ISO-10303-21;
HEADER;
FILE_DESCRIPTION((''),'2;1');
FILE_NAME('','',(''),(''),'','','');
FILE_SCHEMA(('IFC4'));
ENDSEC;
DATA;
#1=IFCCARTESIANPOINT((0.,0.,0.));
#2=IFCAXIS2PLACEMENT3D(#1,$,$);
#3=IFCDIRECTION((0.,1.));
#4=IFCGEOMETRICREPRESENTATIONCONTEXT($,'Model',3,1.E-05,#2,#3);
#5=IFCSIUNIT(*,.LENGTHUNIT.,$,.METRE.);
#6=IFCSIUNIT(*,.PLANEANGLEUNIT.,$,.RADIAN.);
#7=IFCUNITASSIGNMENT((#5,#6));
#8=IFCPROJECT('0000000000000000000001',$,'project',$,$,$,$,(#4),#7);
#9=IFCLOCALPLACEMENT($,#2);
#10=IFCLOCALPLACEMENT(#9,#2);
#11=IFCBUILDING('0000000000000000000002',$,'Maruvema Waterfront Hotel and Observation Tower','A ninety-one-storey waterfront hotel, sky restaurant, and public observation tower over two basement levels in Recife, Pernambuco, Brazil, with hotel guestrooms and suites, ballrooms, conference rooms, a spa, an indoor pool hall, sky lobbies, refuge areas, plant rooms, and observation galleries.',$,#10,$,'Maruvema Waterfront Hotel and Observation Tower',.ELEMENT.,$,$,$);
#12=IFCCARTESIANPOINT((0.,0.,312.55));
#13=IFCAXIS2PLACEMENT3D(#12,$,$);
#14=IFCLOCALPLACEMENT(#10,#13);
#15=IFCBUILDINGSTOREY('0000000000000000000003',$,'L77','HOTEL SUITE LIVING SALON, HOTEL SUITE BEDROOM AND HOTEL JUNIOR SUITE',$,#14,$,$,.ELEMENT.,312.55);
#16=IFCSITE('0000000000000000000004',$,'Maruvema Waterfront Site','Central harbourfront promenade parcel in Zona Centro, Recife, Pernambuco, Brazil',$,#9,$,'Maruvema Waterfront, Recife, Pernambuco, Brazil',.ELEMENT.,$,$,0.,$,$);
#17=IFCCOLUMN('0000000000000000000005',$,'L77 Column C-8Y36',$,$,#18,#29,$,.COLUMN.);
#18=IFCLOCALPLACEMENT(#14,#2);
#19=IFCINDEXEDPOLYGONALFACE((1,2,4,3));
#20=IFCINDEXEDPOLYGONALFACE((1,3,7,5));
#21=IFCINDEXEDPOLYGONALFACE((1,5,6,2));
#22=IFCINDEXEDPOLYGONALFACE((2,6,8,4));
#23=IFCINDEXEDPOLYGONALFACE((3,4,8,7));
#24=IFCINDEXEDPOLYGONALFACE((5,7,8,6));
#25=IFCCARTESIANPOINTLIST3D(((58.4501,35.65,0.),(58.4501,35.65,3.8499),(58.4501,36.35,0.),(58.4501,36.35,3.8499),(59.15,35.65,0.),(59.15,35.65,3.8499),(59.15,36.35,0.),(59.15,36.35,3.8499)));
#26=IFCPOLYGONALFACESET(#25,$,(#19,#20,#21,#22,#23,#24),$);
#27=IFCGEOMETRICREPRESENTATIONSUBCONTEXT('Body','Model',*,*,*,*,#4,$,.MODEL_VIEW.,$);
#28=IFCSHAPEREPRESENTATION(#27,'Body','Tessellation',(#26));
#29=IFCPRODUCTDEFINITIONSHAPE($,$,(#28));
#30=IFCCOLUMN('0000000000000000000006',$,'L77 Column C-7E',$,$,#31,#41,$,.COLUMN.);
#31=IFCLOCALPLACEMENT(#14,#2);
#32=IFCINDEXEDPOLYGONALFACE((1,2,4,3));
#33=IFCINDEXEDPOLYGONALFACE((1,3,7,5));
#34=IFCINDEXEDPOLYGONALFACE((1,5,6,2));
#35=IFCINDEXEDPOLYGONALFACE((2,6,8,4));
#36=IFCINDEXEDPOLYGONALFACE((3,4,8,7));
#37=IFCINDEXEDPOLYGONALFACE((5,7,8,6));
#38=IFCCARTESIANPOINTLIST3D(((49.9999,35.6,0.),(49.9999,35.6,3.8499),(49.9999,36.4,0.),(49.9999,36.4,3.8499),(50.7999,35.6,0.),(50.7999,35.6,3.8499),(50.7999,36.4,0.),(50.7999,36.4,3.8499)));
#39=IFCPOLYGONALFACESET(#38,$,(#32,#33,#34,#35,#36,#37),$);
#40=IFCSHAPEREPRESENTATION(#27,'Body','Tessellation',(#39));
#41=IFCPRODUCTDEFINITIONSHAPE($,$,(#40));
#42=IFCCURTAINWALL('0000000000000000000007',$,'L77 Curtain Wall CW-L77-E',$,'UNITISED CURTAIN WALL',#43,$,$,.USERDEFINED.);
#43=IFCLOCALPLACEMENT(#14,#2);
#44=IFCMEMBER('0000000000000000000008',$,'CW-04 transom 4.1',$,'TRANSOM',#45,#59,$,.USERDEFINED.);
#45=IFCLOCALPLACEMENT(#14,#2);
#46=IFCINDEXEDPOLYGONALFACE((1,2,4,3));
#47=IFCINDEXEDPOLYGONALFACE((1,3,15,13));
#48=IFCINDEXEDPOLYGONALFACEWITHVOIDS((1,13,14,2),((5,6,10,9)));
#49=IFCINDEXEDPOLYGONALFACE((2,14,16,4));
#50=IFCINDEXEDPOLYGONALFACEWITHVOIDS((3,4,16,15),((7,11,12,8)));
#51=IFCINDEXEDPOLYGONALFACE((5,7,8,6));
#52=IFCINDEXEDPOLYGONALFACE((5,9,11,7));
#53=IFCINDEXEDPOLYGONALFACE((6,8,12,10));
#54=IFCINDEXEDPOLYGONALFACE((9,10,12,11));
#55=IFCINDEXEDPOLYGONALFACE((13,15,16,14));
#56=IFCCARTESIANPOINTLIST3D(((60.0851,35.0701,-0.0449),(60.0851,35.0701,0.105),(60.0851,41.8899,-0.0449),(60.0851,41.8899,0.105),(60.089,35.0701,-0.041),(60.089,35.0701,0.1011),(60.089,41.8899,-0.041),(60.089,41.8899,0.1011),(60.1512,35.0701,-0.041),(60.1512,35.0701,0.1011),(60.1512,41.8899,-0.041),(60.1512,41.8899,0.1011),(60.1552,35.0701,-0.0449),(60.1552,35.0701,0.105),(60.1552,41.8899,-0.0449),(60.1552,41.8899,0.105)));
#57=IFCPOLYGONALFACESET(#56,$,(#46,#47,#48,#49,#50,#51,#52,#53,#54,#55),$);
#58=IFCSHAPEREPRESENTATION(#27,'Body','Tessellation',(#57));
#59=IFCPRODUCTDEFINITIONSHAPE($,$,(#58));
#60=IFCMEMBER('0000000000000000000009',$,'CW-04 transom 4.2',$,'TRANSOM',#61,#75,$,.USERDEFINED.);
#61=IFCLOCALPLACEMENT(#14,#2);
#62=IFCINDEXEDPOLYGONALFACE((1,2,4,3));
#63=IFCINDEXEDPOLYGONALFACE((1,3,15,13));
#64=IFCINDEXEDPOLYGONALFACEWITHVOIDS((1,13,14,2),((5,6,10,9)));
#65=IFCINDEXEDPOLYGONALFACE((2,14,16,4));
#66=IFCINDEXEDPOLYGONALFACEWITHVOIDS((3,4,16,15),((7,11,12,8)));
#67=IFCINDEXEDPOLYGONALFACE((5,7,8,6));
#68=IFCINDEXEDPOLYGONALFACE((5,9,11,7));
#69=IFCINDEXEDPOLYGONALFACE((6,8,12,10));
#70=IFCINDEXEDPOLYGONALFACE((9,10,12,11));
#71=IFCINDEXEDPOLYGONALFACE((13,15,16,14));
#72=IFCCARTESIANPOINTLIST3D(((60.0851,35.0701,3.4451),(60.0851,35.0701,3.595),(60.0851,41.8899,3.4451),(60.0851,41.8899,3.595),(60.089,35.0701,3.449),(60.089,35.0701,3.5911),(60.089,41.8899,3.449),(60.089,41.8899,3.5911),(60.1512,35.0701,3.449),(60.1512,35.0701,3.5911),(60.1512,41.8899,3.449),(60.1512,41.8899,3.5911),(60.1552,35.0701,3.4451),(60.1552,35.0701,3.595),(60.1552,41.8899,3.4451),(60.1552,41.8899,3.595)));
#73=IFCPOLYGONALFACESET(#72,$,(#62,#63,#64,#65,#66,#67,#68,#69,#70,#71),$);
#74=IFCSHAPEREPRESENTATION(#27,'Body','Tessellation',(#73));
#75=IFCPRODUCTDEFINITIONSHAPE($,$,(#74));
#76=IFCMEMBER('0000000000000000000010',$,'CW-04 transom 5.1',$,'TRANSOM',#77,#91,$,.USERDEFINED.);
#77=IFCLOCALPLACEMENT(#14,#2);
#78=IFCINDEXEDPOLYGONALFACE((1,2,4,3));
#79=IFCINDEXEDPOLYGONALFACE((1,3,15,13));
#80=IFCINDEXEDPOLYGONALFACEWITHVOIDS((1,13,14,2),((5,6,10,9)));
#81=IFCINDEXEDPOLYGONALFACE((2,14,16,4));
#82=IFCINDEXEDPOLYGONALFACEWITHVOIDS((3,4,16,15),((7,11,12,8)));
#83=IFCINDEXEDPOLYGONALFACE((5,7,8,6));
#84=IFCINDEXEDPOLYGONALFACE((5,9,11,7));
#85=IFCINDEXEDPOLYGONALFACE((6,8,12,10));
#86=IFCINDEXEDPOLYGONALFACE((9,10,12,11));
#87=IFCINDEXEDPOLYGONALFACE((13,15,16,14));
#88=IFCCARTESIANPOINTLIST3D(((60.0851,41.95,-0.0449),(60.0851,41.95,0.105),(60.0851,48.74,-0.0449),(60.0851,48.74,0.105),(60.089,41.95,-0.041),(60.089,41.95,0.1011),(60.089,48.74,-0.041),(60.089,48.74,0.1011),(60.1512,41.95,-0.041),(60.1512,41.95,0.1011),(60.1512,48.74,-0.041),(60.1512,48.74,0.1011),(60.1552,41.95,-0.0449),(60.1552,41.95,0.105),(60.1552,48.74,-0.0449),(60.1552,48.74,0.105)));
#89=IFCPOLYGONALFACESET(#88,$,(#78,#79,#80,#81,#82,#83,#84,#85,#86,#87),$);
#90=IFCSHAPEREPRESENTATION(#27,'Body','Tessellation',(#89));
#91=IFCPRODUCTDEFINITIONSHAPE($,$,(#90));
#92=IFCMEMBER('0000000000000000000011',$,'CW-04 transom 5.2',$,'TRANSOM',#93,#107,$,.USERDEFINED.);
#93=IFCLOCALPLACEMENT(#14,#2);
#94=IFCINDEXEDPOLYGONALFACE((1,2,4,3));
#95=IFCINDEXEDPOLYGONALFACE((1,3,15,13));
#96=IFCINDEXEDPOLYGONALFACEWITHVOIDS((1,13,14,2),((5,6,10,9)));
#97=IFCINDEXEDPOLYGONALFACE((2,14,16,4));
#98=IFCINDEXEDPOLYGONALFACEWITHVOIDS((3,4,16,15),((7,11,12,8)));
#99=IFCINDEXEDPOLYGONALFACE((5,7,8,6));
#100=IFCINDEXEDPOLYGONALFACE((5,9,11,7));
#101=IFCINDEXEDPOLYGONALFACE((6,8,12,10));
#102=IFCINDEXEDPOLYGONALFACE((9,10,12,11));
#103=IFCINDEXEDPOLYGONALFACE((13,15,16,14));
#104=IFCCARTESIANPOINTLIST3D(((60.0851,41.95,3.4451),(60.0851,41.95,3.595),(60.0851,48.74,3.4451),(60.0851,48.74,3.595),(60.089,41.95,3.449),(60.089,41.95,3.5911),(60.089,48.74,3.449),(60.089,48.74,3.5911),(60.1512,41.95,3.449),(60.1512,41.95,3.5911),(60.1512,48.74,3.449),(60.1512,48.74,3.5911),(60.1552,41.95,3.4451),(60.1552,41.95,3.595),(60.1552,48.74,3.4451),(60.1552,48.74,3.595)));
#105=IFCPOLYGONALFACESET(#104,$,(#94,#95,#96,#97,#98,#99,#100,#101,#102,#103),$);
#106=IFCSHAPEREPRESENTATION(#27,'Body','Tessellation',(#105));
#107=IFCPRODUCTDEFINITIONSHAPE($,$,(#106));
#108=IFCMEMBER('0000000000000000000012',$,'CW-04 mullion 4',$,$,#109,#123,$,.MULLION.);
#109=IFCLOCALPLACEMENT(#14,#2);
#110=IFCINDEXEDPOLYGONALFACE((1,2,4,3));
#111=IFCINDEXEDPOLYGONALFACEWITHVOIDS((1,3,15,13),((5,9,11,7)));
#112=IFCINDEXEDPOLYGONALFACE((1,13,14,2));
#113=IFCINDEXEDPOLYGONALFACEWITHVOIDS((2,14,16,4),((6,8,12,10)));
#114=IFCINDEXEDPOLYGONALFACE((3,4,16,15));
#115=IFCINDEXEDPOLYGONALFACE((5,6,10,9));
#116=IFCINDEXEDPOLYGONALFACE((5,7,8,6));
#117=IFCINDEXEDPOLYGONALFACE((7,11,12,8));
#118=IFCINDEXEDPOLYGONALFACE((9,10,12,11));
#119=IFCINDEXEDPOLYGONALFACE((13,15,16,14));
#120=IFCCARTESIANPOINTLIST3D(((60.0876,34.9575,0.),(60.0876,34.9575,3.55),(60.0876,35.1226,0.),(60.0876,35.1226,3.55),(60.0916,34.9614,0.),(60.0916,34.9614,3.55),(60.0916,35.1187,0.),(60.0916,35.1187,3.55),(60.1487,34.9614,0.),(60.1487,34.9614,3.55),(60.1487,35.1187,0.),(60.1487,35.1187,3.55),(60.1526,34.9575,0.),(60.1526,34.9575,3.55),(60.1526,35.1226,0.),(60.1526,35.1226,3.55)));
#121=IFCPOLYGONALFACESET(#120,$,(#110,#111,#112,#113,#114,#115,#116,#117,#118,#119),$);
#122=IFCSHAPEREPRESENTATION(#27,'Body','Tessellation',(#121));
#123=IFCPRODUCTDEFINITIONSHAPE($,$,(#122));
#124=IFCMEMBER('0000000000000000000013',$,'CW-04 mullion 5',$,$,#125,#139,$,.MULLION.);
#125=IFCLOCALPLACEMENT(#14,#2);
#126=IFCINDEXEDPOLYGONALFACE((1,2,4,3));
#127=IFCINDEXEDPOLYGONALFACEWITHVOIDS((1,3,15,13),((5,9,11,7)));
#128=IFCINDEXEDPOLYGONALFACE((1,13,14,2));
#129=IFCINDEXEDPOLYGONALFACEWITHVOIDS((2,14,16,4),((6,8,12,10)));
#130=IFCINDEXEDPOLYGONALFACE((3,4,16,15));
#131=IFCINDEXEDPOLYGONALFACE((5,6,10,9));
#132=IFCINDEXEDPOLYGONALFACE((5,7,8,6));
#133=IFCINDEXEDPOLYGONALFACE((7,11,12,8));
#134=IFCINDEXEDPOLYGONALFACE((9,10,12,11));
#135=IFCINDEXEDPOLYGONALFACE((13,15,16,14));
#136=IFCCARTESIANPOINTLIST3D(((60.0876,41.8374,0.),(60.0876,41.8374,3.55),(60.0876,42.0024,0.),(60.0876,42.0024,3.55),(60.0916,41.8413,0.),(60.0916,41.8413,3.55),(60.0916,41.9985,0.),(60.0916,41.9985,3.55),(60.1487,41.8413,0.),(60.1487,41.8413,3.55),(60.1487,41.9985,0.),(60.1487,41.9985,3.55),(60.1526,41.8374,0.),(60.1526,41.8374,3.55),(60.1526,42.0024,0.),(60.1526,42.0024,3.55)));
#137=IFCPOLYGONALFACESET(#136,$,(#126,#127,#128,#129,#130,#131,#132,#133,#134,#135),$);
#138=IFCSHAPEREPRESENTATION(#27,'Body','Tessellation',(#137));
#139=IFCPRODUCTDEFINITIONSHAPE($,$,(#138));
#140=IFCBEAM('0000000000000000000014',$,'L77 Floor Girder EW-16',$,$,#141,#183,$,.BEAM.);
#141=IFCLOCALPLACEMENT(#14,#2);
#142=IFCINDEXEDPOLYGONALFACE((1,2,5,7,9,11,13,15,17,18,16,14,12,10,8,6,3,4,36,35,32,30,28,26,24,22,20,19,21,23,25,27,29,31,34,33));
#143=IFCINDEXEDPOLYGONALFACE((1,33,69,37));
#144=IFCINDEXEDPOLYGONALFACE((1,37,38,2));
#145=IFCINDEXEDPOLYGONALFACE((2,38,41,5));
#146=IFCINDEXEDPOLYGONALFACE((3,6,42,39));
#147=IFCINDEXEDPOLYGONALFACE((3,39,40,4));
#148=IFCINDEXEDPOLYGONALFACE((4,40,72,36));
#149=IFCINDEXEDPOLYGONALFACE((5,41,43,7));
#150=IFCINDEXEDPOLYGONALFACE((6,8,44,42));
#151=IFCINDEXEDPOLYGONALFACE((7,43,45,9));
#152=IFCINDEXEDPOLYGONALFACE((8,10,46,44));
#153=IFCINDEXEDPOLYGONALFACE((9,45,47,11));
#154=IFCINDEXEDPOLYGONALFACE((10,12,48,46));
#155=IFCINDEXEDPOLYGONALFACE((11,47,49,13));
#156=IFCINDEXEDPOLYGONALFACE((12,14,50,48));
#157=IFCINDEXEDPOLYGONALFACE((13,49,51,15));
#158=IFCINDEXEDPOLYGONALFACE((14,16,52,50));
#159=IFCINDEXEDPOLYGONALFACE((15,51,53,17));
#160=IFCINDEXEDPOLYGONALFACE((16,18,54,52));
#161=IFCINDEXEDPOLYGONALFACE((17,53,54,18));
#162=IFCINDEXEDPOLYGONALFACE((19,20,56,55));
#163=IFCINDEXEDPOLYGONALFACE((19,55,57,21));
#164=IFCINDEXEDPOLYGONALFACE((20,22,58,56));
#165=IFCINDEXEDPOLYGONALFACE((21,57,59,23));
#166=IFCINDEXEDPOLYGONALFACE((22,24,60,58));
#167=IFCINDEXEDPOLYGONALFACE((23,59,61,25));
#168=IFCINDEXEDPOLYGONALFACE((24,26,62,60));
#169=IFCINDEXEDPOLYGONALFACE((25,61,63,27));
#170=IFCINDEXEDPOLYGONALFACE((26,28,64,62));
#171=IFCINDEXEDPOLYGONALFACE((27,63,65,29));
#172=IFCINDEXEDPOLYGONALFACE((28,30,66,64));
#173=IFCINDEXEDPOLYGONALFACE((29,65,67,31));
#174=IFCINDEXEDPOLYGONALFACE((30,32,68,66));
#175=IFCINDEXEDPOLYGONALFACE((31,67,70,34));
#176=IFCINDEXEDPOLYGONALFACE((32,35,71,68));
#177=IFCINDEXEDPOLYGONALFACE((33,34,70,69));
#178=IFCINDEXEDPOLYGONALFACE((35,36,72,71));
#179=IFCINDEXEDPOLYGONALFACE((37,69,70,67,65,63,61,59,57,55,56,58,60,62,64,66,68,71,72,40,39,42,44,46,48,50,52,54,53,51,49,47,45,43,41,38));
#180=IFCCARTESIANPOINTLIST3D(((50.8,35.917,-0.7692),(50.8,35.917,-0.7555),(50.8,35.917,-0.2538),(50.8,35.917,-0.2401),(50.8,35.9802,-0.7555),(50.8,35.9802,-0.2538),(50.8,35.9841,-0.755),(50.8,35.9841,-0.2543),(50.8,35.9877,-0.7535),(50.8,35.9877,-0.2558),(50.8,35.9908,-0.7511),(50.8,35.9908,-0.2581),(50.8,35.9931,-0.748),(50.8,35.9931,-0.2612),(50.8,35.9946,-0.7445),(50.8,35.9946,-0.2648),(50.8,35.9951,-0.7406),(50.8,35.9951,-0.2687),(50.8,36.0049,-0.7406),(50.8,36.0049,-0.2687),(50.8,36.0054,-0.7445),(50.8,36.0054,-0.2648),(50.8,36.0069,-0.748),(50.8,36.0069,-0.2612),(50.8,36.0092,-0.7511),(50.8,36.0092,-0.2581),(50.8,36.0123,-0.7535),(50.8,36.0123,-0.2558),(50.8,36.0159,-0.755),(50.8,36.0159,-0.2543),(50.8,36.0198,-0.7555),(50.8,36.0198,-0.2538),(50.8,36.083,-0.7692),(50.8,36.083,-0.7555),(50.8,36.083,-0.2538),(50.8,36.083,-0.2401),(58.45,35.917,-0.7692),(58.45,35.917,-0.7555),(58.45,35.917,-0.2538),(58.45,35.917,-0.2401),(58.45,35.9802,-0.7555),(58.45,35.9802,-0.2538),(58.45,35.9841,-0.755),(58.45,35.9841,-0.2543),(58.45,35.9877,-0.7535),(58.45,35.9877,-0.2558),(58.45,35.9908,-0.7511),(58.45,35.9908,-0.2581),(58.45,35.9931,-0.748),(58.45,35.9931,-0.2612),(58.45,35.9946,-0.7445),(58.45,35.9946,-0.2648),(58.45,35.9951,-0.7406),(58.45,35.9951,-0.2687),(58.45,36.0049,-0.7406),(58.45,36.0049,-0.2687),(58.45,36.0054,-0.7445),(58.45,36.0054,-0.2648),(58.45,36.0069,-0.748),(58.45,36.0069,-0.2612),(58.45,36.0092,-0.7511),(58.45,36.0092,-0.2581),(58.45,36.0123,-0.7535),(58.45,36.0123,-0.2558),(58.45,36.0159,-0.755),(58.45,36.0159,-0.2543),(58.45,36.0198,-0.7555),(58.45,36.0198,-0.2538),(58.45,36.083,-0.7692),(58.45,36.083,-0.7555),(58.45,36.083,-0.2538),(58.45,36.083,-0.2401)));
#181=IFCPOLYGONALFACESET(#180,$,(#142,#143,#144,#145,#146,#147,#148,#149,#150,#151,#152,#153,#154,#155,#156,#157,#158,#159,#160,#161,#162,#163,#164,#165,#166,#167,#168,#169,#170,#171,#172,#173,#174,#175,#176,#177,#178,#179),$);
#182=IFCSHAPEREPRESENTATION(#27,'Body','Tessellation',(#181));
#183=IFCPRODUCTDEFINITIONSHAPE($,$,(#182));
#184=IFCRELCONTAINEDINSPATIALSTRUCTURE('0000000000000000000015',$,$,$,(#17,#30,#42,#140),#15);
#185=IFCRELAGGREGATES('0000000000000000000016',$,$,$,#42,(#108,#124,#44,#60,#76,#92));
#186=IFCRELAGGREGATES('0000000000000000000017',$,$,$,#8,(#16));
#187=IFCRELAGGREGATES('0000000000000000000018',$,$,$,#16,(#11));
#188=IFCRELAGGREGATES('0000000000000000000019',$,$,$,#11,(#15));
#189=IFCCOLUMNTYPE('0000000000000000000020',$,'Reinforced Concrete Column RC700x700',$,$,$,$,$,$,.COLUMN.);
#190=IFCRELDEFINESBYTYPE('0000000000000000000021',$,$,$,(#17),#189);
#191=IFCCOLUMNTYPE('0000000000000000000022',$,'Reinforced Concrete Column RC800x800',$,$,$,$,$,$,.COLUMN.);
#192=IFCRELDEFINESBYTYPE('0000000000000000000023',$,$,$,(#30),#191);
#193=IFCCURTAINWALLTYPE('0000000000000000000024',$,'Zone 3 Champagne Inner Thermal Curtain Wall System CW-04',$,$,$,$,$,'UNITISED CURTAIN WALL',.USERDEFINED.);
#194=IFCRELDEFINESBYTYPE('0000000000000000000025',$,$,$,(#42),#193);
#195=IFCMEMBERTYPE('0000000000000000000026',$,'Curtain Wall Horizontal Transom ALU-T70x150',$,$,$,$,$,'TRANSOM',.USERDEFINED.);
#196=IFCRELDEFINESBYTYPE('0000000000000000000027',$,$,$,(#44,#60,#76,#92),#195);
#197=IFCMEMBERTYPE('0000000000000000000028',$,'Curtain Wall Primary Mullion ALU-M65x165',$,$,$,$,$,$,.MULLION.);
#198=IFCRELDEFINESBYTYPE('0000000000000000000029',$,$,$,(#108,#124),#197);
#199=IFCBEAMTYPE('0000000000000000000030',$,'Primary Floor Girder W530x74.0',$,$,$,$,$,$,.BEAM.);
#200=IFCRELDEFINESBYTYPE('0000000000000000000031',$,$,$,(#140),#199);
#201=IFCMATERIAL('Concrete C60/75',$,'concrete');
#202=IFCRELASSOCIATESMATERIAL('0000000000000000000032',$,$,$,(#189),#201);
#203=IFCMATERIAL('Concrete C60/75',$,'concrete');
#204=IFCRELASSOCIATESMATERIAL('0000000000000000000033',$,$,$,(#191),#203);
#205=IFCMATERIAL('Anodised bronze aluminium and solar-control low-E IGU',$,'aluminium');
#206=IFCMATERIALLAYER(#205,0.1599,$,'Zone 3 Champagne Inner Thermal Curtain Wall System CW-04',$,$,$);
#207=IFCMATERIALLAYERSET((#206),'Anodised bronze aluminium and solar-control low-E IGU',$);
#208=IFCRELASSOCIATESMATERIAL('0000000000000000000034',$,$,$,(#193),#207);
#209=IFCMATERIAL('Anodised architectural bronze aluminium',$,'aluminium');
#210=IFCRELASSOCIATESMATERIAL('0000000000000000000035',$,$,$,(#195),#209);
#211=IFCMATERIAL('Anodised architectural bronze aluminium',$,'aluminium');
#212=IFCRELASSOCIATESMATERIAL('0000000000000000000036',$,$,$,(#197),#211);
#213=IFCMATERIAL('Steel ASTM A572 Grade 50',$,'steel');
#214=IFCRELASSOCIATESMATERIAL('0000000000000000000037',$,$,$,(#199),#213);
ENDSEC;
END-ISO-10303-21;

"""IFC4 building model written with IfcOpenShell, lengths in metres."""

from ifc_helpers import new_model, si_unit, direction, frame, origin, origin_2d, place, context, subcontext, project, spatial, rectangle, hollow_rectangle, i_section, extrude, material, layer, layer_set, material_profile, profile_set, type_object, element, aggregate, save


model = new_model("IFC4")

# Units and contexts
model_context = context("Model", 3, precision=1e-05, world=origin(), true_north=direction((0.0, 1.0)))
body_context = subcontext(model_context, "Body", "Model", "MODEL_VIEW")
ifc_project = project(units=[si_unit("LENGTHUNIT", "METRE"), si_unit("PLANEANGLEUNIT", "RADIAN")], contexts=[model_context])

# Site, building, storey
site_placement = place(None, origin())
site = spatial("IfcSite", under=ifc_project, at=site_placement, Name="Maruvema Waterfront Site", Description="Central harbourfront promenade parcel in Zona Centro, Recife, Pernambuco, Brazil", LongName="Maruvema Waterfront, Recife, Pernambuco, Brazil", CompositionType="ELEMENT", RefElevation=0.0)
building_placement = place(site_placement, origin())
building = spatial("IfcBuilding", under=site, at=building_placement, Name="Maruvema Waterfront Hotel and Observation Tower", Description="A ninety-one-storey waterfront hotel, sky restaurant, and public observation tower over two basement levels in Recife, Pernambuco, Brazil, with hotel guestrooms and suites, ballrooms, conference rooms, a spa, an indoor pool hall, sky lobbies, refuge areas, plant rooms, and observation galleries.", LongName="Maruvema Waterfront Hotel and Observation Tower", CompositionType="ELEMENT")
storey_placement = place(building_placement, frame((0.0, 0.0, 312.55)))
storey = spatial("IfcBuildingStorey", under=building, at=storey_placement, Name="L77", Description="HOTEL SUITE LIVING SALON, HOTEL SUITE BEDROOM AND HOTEL JUNIOR SUITE", CompositionType="ELEMENT", Elevation=312.55)

# Columns
ifc_material_1 = material(Name="Concrete C60/75", Category="concrete")
ifc_material_profile_1 = material_profile(ifc_material_1, rectangle(XDim=0.7, YDim=0.7, at=origin_2d()), Name="RC700x700")
ifc_profile_set_1 = profile_set([ifc_material_profile_1], Name="Concrete C60/75")
column_type_1 = type_object("IfcColumnType", Name="Reinforced Concrete Column RC700x700", PredefinedType="COLUMN", material=ifc_profile_set_1)
column_1_placement = place(storey_placement, frame((58.8, 36.0, 0.0), z_axis=(0.0, 0.0, 1.0), x_axis=(1.0, 0.0, 0.0)))
element("IfcColumn", 1, at=column_1_placement, inside=storey, type_object=column_type_1, Name="L77 Column C-8Y36", PredefinedType="COLUMN", context=body_context, shape_type="SweptSolid", body=[
    extrude(rectangle(XDim=0.7, YDim=0.7, at=origin_2d()), origin(), (0.0, 0.0, 1.0), 3.8499),
])
ifc_material_2 = material(Name="Concrete C60/75", Category="concrete")
ifc_material_profile_2 = material_profile(ifc_material_2, rectangle(XDim=0.8, YDim=0.8, at=origin_2d()), Name="RC800x800")
ifc_profile_set_2 = profile_set([ifc_material_profile_2], Name="Concrete C60/75")
column_type_2 = type_object("IfcColumnType", Name="Reinforced Concrete Column RC800x800", PredefinedType="COLUMN", material=ifc_profile_set_2)
column_2_placement = place(storey_placement, frame((50.3999, 36.0, 0.0), z_axis=(0.0, 0.0, 1.0), x_axis=(1.0, 0.0, 0.0)))
element("IfcColumn", 2, at=column_2_placement, inside=storey, type_object=column_type_2, Name="L77 Column C-7E", PredefinedType="COLUMN", context=body_context, shape_type="SweptSolid", body=[
    extrude(rectangle(XDim=0.8, YDim=0.8, at=origin_2d()), origin(), (0.0, 0.0, 1.0), 3.8499),
])

# Curtain wall, members
ifc_material_3 = material(Name="Anodised bronze aluminium and solar-control low-E IGU", Category="aluminium")
ifc_layer_1 = layer(ifc_material_3, 0.1599, Name="Zone 3 Champagne Inner Thermal Curtain Wall System CW-04")
ifc_layer_set_1 = layer_set([ifc_layer_1], Name="Anodised bronze aluminium and solar-control low-E IGU")
curtain_wall_type = type_object("IfcCurtainWallType", Name="Zone 3 Champagne Inner Thermal Curtain Wall System CW-04", ElementType="UNITISED CURTAIN WALL", PredefinedType="USERDEFINED", material=ifc_layer_set_1)
curtain_wall_placement = place(storey_placement, origin())
curtain_wall = element("IfcCurtainWall", 3, at=curtain_wall_placement, inside=storey, type_object=curtain_wall_type, Name="L77 Curtain Wall CW-L77-E", ObjectType="UNITISED CURTAIN WALL", PredefinedType="USERDEFINED")
ifc_material_4 = material(Name="Anodised architectural bronze aluminium", Category="aluminium")
ifc_material_profile_3 = material_profile(ifc_material_4, hollow_rectangle(XDim=0.0701, YDim=0.1499, WallThickness=0.0039, at=origin_2d()), Name="ALU-T70x150")
ifc_profile_set_3 = profile_set([ifc_material_profile_3], Name="Anodised architectural bronze aluminium")
member_type_1 = type_object("IfcMemberType", Name="Curtain Wall Horizontal Transom ALU-T70x150", ElementType="TRANSOM", PredefinedType="USERDEFINED", material=ifc_profile_set_3)
member_1_placement = place(storey_placement, frame((60.1201, 35.0701, 0.03), z_axis=(0.0, 1.0, 0.0), x_axis=(-1.0, 0.0, 0.0)))
member_1 = element("IfcMember", 4, at=member_1_placement, type_object=member_type_1, Name="CW-04 transom 4.1", ObjectType="TRANSOM", PredefinedType="USERDEFINED", context=body_context, shape_type="SweptSolid", body=[
    extrude(hollow_rectangle(XDim=0.0701, YDim=0.1499, WallThickness=0.0039, at=origin_2d()), origin(), (0.0, 0.0, 1.0), 6.8198),
])
member_2_placement = place(storey_placement, frame((60.1201, 35.0701, 3.52), z_axis=(0.0, 1.0, 0.0), x_axis=(-1.0, 0.0, 0.0)))
member_2 = element("IfcMember", 5, at=member_2_placement, type_object=member_type_1, Name="CW-04 transom 4.2", ObjectType="TRANSOM", PredefinedType="USERDEFINED", context=body_context, shape_type="SweptSolid", body=[
    extrude(hollow_rectangle(XDim=0.0701, YDim=0.1499, WallThickness=0.0039, at=origin_2d()), origin(), (0.0, 0.0, 1.0), 6.8198),
])
member_3_placement = place(storey_placement, frame((60.1201, 41.95, 0.03), z_axis=(0.0, 1.0, 0.0), x_axis=(-1.0, 0.0, 0.0)))
member_3 = element("IfcMember", 6, at=member_3_placement, type_object=member_type_1, Name="CW-04 transom 5.1", ObjectType="TRANSOM", PredefinedType="USERDEFINED", context=body_context, shape_type="SweptSolid", body=[
    extrude(hollow_rectangle(XDim=0.0701, YDim=0.1499, WallThickness=0.0039, at=origin_2d()), origin(), (0.0, 0.0, 1.0), 6.79),
])
member_4_placement = place(storey_placement, frame((60.1201, 41.95, 3.52), z_axis=(0.0, 1.0, 0.0), x_axis=(-1.0, 0.0, 0.0)))
member_4 = element("IfcMember", 7, at=member_4_placement, type_object=member_type_1, Name="CW-04 transom 5.2", ObjectType="TRANSOM", PredefinedType="USERDEFINED", context=body_context, shape_type="SweptSolid", body=[
    extrude(hollow_rectangle(XDim=0.0701, YDim=0.1499, WallThickness=0.0039, at=origin_2d()), origin(), (0.0, 0.0, 1.0), 6.79),
])
ifc_material_5 = material(Name="Anodised architectural bronze aluminium", Category="aluminium")
ifc_material_profile_4 = material_profile(ifc_material_5, hollow_rectangle(XDim=0.0649, YDim=0.165, WallThickness=0.0039, at=origin_2d()), Name="ALU-M65x165")
ifc_profile_set_4 = profile_set([ifc_material_profile_4], Name="Anodised architectural bronze aluminium")
member_type_2 = type_object("IfcMemberType", Name="Curtain Wall Primary Mullion ALU-M65x165", PredefinedType="MULLION", material=ifc_profile_set_4)
member_5_placement = place(storey_placement, frame((60.1201, 35.04, 0.0), z_axis=(0.0, 0.0, 1.0), x_axis=(-1.0, 0.0, 0.0)))
member_5 = element("IfcMember", 8, at=member_5_placement, type_object=member_type_2, Name="CW-04 mullion 4", PredefinedType="MULLION", context=body_context, shape_type="SweptSolid", body=[
    extrude(hollow_rectangle(XDim=0.0649, YDim=0.165, WallThickness=0.0039, at=origin_2d()), origin(), (0.0, 0.0, 1.0), 3.55),
])
member_6_placement = place(storey_placement, frame((60.1201, 41.9199, 0.0), z_axis=(0.0, 0.0, 1.0), x_axis=(-1.0, 0.0, 0.0)))
member_6 = element("IfcMember", 9, at=member_6_placement, type_object=member_type_2, Name="CW-04 mullion 5", PredefinedType="MULLION", context=body_context, shape_type="SweptSolid", body=[
    extrude(hollow_rectangle(XDim=0.0649, YDim=0.165, WallThickness=0.0039, at=origin_2d()), origin(), (0.0, 0.0, 1.0), 3.55),
])

# Beam
ifc_material_6 = material(Name="Steel ASTM A572 Grade 50", Category="steel")
ifc_material_profile_5 = material_profile(ifc_material_6, i_section(OverallWidth=0.166, OverallDepth=0.5291, WebThickness=0.0098, FlangeThickness=0.0137, FilletRadius=0.0149, at=origin_2d()), Name="W530x74.0")
ifc_profile_set_5 = profile_set([ifc_material_profile_5], Name="Steel ASTM A572 Grade 50")
beam_type_1 = type_object("IfcBeamType", Name="Primary Floor Girder W530x74.0", PredefinedType="BEAM", material=ifc_profile_set_5)
beam_1_placement = place(storey_placement, frame((50.8, 36.0, -0.5046), z_axis=(1.0, 0.0, 0.0), x_axis=(0.0, 1.0, 0.0)))
element("IfcBeam", 10, at=beam_1_placement, inside=storey, type_object=beam_type_1, Name="L77 Floor Girder EW-16", PredefinedType="BEAM", context=body_context, shape_type="SweptSolid", body=[
    extrude(i_section(OverallWidth=0.166, OverallDepth=0.5291, WebThickness=0.0098, FlangeThickness=0.0137, FilletRadius=0.0149, at=origin_2d()), origin(), (0.0, 0.0, 1.0), 7.6499),
])

aggregate(curtain_wall, [member_5, member_6, member_1, member_2, member_3, member_4])

save(model, "model.ifc")
